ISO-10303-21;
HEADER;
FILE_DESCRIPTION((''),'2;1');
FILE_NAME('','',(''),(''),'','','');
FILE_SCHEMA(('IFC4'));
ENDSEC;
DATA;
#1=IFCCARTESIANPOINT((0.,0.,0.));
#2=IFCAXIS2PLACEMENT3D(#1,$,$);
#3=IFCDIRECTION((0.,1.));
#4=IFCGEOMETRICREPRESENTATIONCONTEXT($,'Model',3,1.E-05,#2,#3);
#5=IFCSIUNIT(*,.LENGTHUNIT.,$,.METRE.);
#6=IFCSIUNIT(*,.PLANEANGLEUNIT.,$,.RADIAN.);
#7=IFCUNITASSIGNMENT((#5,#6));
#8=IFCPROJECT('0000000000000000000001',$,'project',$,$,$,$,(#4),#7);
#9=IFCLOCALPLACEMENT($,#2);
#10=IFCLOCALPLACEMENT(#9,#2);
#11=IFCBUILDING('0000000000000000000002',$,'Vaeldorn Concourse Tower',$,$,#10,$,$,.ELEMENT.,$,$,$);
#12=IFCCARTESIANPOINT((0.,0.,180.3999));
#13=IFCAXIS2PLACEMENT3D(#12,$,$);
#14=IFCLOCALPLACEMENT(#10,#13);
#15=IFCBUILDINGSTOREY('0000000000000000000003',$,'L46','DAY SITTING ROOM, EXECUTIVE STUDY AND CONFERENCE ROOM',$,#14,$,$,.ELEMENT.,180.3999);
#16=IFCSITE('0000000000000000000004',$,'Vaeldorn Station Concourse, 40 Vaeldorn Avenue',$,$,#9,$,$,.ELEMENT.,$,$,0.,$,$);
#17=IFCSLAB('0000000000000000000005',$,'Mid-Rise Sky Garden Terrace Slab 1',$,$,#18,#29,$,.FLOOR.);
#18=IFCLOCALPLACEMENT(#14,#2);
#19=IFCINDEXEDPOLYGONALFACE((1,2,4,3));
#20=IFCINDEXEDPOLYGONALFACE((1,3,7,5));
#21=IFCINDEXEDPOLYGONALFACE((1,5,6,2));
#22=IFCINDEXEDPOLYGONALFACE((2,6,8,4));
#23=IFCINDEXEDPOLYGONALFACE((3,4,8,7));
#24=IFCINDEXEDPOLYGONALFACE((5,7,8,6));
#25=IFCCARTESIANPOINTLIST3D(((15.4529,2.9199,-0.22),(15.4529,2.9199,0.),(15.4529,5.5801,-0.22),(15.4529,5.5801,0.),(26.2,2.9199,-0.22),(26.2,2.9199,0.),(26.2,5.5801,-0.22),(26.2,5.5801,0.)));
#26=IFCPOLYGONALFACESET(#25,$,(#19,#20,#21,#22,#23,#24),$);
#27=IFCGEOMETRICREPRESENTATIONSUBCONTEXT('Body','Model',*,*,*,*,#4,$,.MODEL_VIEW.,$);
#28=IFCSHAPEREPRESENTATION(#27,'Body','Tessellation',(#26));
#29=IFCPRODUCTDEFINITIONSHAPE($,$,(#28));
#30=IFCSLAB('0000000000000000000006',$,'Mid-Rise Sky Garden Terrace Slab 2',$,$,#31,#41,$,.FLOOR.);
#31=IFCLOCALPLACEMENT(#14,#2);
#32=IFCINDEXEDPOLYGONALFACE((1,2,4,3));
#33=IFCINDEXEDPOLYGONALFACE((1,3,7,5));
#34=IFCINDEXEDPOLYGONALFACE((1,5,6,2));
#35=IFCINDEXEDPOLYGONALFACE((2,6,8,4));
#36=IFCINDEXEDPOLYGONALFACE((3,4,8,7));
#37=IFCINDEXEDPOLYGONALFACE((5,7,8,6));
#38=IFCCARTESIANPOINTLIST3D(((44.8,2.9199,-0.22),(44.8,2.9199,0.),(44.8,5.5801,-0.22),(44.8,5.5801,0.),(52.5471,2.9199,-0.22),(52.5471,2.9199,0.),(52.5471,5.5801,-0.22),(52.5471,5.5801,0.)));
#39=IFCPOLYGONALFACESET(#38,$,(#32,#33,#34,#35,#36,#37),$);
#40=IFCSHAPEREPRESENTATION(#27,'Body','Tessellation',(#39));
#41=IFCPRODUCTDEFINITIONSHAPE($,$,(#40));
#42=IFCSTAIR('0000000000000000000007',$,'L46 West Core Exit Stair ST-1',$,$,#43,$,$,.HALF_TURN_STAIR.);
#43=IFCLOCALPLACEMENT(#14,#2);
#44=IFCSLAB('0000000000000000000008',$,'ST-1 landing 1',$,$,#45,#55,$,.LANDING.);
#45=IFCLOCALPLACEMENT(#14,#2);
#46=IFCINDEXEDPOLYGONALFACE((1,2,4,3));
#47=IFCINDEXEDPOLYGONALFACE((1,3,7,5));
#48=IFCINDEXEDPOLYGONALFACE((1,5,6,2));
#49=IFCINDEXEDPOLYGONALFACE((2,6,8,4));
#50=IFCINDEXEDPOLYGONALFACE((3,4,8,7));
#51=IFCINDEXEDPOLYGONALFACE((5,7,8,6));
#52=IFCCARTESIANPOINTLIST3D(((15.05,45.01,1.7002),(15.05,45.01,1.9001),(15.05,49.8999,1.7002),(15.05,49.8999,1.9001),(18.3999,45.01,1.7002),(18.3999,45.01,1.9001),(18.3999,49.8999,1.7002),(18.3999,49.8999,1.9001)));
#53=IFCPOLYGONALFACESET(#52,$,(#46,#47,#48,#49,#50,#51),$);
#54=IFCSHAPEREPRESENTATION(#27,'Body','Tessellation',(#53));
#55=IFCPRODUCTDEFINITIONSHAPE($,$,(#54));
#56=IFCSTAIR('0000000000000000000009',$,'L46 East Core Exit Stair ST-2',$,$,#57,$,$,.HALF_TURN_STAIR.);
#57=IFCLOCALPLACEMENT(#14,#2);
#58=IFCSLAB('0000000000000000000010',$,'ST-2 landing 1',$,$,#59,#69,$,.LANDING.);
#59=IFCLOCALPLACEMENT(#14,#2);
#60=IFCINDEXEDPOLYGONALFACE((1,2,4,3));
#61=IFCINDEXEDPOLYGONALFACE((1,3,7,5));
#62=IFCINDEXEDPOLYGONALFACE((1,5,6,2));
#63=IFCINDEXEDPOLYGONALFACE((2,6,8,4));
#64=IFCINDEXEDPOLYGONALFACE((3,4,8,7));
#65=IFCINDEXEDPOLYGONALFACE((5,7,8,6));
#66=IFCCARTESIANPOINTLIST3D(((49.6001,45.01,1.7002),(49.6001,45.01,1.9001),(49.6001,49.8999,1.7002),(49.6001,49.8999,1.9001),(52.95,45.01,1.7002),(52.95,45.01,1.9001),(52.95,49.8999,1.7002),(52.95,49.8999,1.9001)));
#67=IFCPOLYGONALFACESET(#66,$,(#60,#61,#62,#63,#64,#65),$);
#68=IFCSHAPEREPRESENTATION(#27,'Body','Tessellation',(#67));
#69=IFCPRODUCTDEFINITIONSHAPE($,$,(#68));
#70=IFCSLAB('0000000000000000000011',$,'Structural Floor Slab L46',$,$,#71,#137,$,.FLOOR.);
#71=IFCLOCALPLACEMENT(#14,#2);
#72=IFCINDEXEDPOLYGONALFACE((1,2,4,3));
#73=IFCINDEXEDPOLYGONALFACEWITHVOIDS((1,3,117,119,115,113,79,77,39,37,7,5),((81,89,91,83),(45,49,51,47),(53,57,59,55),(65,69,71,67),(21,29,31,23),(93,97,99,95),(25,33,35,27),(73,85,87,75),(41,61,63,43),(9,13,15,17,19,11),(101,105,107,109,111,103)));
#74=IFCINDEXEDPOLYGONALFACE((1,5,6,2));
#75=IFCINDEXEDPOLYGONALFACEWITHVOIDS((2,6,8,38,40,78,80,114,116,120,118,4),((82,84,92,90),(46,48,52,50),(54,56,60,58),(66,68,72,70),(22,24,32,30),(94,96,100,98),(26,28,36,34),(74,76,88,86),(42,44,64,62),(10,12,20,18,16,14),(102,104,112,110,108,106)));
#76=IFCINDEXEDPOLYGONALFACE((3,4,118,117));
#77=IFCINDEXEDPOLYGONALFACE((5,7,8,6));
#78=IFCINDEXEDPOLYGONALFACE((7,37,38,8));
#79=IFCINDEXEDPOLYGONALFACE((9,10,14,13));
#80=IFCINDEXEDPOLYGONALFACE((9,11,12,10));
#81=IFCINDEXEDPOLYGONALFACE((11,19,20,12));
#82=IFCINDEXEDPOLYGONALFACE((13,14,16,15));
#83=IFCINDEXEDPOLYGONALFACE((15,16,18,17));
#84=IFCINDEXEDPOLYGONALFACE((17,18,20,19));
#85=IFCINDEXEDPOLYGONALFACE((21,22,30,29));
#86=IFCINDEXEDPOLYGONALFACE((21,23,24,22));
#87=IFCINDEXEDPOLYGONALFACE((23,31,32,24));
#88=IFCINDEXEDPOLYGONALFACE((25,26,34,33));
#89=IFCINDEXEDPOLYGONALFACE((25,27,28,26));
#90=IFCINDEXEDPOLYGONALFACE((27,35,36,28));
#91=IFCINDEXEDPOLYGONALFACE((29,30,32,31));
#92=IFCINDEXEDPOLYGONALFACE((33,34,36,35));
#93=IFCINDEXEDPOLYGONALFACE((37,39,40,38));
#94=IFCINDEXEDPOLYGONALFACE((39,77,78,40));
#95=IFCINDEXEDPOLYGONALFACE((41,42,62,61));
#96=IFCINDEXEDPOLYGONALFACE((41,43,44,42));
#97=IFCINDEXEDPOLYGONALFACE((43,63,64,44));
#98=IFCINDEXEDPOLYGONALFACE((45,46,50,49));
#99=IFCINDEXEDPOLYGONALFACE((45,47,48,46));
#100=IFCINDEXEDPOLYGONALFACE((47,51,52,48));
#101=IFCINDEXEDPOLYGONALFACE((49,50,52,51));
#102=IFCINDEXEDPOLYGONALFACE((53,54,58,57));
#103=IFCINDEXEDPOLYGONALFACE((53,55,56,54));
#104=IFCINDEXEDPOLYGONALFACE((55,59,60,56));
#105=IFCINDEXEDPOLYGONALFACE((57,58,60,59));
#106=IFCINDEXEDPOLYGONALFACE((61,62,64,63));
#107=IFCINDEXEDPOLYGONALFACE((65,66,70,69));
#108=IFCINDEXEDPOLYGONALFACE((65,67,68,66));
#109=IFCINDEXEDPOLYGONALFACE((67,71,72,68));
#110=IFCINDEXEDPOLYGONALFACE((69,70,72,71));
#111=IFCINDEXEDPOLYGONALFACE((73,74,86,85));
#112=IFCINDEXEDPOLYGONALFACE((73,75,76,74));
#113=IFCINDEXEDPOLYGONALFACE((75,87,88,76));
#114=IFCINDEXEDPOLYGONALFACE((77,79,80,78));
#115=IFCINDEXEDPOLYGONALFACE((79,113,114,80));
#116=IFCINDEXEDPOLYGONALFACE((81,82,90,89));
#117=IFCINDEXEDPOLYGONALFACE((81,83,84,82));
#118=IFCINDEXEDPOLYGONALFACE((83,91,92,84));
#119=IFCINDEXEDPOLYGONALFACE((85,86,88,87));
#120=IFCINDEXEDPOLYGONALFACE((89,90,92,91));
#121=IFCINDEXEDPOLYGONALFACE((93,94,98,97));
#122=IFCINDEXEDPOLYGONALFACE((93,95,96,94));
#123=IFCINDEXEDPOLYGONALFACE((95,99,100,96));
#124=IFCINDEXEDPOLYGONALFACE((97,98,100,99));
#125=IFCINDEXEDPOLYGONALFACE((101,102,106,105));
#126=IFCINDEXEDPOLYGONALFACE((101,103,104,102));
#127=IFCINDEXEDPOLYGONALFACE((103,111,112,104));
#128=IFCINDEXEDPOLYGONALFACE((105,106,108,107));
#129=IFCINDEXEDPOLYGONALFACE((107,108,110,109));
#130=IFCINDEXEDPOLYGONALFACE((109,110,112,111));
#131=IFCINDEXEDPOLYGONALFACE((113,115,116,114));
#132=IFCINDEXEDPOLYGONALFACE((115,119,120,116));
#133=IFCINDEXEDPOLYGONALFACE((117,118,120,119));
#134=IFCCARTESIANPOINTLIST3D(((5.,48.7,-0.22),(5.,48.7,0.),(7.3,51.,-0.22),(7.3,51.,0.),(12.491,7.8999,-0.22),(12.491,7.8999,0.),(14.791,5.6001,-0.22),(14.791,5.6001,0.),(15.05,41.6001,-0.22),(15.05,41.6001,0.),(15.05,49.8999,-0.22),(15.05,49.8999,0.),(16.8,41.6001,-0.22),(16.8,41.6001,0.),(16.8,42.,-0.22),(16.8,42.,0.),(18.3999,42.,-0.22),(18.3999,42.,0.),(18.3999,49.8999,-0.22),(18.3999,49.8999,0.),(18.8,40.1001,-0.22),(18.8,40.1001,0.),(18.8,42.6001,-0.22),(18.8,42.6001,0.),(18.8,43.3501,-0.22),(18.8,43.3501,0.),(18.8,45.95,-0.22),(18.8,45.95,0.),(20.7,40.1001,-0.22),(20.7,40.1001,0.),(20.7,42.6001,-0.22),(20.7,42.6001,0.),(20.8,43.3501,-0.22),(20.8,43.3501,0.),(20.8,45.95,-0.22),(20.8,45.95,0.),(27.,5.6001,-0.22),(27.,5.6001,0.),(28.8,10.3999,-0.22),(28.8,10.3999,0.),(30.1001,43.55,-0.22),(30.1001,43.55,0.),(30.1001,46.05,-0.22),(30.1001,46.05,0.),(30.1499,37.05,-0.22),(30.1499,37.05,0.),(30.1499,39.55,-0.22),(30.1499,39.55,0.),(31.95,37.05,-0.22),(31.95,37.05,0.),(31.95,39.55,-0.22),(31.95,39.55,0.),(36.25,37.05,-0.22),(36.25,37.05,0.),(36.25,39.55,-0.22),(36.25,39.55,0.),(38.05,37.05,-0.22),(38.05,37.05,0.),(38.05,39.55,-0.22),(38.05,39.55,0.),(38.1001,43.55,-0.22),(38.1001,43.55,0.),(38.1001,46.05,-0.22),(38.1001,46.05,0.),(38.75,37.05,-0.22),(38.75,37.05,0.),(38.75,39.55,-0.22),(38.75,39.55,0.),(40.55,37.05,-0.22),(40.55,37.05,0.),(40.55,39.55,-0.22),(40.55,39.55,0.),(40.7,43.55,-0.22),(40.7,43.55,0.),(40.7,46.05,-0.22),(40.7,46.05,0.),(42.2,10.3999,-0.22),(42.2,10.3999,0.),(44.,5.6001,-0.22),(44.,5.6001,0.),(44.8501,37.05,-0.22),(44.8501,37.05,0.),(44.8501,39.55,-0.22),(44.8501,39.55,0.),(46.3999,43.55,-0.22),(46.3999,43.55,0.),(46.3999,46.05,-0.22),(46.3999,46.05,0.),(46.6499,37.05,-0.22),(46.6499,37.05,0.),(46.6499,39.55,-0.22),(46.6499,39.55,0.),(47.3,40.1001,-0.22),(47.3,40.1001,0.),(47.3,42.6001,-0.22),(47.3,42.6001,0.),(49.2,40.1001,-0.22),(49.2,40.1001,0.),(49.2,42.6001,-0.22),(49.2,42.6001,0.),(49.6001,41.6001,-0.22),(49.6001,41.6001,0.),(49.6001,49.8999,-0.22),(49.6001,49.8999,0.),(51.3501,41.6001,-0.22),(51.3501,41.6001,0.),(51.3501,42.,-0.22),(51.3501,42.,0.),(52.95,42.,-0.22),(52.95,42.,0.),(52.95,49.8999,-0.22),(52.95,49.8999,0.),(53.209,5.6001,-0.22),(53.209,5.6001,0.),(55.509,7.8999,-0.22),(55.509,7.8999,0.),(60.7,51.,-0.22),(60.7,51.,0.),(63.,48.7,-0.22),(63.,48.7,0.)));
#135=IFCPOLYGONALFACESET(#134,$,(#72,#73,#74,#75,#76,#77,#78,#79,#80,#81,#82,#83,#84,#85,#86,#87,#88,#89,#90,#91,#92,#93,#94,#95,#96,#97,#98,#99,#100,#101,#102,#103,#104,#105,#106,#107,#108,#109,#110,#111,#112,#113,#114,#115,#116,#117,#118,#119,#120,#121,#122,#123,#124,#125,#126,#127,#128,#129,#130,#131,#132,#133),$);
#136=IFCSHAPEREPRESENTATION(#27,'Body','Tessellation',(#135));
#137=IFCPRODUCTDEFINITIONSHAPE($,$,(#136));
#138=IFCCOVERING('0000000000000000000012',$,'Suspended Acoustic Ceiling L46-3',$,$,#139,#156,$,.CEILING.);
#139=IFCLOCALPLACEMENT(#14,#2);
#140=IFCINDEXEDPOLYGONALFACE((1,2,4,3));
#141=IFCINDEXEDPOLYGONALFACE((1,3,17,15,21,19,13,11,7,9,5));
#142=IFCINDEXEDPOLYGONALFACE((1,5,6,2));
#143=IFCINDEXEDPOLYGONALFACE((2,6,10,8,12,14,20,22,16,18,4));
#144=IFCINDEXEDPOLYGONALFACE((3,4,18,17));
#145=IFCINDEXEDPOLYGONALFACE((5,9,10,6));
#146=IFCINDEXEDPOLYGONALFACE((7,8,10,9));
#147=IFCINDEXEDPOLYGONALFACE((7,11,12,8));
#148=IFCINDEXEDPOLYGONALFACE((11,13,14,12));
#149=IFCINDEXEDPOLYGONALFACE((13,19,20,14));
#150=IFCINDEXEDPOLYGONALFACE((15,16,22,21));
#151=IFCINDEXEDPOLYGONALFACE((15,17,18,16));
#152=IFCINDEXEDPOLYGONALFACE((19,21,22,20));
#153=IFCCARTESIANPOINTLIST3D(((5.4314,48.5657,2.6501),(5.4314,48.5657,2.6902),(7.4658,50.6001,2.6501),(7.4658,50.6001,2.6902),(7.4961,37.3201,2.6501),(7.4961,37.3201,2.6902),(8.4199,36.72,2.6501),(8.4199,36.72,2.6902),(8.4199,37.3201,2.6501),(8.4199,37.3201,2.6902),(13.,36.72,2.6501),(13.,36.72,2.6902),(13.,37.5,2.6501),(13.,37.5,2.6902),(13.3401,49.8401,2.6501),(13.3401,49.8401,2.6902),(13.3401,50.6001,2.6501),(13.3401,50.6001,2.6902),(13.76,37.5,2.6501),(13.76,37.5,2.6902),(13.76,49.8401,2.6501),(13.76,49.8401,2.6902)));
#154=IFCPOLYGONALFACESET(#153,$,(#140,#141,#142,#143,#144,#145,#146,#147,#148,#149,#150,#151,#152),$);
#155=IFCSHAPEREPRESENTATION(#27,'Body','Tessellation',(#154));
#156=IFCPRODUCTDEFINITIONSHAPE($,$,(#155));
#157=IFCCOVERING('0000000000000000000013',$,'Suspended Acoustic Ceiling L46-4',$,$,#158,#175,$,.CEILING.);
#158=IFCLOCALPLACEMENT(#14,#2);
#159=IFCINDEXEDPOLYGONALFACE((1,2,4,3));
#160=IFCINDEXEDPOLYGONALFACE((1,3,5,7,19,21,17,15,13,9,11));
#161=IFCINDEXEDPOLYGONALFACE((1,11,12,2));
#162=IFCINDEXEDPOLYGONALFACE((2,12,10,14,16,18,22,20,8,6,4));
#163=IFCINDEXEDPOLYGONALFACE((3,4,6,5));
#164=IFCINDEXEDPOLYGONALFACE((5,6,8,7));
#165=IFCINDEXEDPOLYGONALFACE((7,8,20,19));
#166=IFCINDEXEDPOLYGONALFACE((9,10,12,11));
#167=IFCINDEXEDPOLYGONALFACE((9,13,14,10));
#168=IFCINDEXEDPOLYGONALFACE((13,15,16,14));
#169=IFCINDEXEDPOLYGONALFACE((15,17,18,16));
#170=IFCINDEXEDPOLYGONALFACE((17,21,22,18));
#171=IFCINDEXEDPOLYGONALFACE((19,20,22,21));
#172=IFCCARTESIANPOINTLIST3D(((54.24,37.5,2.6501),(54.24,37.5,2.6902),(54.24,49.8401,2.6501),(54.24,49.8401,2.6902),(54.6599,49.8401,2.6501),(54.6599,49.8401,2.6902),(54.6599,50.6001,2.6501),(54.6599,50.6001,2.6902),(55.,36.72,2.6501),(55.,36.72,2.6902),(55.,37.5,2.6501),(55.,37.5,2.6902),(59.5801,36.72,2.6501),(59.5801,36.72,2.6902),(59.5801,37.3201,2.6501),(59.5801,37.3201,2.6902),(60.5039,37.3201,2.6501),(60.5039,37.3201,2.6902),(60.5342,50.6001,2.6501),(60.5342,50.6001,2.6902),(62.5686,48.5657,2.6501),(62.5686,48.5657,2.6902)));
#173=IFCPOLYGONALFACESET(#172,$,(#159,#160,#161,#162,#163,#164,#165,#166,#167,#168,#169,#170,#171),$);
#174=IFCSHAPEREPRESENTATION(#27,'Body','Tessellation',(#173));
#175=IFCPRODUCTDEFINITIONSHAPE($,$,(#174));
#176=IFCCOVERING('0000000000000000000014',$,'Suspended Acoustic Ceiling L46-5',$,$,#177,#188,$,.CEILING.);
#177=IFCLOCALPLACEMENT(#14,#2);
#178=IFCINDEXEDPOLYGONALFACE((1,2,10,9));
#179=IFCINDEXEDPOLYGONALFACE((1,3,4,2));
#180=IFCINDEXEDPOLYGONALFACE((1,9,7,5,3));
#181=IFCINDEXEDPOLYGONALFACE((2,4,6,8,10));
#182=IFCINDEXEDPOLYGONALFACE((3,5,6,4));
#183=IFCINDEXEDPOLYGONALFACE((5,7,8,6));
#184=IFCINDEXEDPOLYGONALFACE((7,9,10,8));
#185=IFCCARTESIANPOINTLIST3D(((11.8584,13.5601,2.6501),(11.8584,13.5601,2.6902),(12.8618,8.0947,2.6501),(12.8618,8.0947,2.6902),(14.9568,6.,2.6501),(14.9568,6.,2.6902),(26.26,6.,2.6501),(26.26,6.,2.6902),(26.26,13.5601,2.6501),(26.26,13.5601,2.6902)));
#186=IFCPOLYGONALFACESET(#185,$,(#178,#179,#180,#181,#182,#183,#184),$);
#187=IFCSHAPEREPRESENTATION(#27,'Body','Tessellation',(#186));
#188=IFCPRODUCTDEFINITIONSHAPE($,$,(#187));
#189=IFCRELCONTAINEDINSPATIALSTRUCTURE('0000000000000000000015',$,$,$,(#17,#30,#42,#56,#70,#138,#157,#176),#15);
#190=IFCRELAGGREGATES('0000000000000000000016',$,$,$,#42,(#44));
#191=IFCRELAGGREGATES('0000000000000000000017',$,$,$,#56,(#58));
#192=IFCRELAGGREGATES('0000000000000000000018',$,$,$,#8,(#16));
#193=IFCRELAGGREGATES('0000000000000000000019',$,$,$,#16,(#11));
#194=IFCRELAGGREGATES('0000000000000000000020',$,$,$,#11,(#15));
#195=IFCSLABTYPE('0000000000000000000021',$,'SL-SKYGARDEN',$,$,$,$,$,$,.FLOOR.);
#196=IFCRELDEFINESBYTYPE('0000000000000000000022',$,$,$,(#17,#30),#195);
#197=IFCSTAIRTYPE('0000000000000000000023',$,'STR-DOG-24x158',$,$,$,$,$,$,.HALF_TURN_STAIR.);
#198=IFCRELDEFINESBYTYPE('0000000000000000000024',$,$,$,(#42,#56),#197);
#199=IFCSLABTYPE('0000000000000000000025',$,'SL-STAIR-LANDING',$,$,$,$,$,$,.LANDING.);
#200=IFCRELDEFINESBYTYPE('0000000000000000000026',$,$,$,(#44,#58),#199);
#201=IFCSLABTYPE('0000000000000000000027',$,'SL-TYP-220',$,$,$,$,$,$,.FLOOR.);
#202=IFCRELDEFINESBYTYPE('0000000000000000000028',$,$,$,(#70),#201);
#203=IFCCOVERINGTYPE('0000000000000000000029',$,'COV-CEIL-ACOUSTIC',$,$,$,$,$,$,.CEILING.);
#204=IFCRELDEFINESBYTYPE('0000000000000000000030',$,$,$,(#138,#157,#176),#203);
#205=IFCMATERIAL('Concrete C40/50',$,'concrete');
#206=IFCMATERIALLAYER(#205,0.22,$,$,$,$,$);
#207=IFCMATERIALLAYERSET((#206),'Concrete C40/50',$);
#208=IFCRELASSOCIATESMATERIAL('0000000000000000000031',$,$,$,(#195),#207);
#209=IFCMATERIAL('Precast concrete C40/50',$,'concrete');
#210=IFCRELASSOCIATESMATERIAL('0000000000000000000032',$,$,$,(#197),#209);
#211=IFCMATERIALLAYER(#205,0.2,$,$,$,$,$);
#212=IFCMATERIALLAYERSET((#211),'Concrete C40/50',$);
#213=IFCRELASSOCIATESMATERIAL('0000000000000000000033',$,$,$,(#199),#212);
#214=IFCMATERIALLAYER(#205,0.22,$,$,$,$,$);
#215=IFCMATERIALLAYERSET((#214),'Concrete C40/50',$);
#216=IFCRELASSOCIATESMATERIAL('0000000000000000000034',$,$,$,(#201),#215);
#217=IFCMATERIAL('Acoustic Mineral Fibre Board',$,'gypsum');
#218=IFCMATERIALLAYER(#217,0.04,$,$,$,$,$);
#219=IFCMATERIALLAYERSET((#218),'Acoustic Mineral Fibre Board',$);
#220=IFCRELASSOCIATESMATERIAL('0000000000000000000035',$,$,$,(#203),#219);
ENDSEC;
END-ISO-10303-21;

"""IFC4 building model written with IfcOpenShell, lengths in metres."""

from ifc_helpers import new_model, si_unit, direction, frame, origin, place, context, subcontext, project, spatial, polyline, outline, extrude, material, layer, layer_set, type_object, element, aggregate, save


model = new_model("IFC4")

# Units and contexts
model_context = context("Model", 3, precision=1e-05, world=origin(), true_north=direction((0.0, 1.0)))
body_context = subcontext(model_context, "Body", "Model", "MODEL_VIEW")
ifc_project = project(units=[si_unit("LENGTHUNIT", "METRE"), si_unit("PLANEANGLEUNIT", "RADIAN")], contexts=[model_context])

# Site, building, storey
site_placement = place(None, origin())
site = spatial("IfcSite", under=ifc_project, at=site_placement, Name="Vaeldorn Station Concourse, 40 Vaeldorn Avenue", CompositionType="ELEMENT", RefElevation=0.0)
building_placement = place(site_placement, origin())
building = spatial("IfcBuilding", under=site, at=building_placement, Name="Vaeldorn Concourse Tower", CompositionType="ELEMENT")
storey_placement = place(building_placement, frame((0.0, 0.0, 180.3999)))
storey = spatial("IfcBuildingStorey", under=building, at=storey_placement, Name="L46", Description="DAY SITTING ROOM, EXECUTIVE STUDY AND CONFERENCE ROOM", CompositionType="ELEMENT", Elevation=180.3999)

# Slabs
ifc_material_1 = material(Name="Concrete C40/50", Category="concrete")
ifc_layer_1 = layer(ifc_material_1, 0.22)
ifc_layer_set_1 = layer_set([ifc_layer_1], Name="Concrete C40/50")
slab_type_1 = type_object("IfcSlabType", Name="SL-SKYGARDEN", PredefinedType="FLOOR", material=ifc_layer_set_1)
slab_1_placement = place(storey_placement, frame((0.0, 0.0, -0.22)))
element("IfcSlab", 1, at=slab_1_placement, inside=storey, type_object=slab_type_1, Name="Mid-Rise Sky Garden Terrace Slab 1", PredefinedType="FLOOR", context=body_context, shape_type="SweptSolid", body=[
    extrude(outline(polyline([(15.4529, 2.9199), (26.2, 2.9199), (26.2, 5.5801), (15.4529, 5.5801), (15.4529, 2.9199)])), origin(), (0.0, 0.0, 1.0), 0.22),
])
slab_2_placement = place(storey_placement, frame((0.0, 0.0, -0.22)))
element("IfcSlab", 2, at=slab_2_placement, inside=storey, type_object=slab_type_1, Name="Mid-Rise Sky Garden Terrace Slab 2", PredefinedType="FLOOR", context=body_context, shape_type="SweptSolid", body=[
    extrude(outline(polyline([(44.8, 2.9199), (52.5471, 2.9199), (52.5471, 5.5801), (44.8, 5.5801), (44.8, 2.9199)])), origin(), (0.0, 0.0, 1.0), 0.22),
])

# Stairs, slabs
ifc_material_2 = material(Name="Precast concrete C40/50", Category="concrete")
stair_type = type_object("IfcStairType", Name="STR-DOG-24x158", PredefinedType="HALF_TURN_STAIR", material=ifc_material_2)
stair_1_placement = place(storey_placement, origin())
stair_1 = element("IfcStair", 3, at=stair_1_placement, inside=storey, type_object=stair_type, Name="L46 West Core Exit Stair ST-1", PredefinedType="HALF_TURN_STAIR")
ifc_layer_2 = layer(ifc_material_1, 0.2)
ifc_layer_set_2 = layer_set([ifc_layer_2], Name="Concrete C40/50")
slab_type_2 = type_object("IfcSlabType", Name="SL-STAIR-LANDING", PredefinedType="LANDING", material=ifc_layer_set_2)
slab_3_placement = place(storey_placement, frame((0.0, 0.0, 1.7002)))
slab_3 = element("IfcSlab", 4, at=slab_3_placement, type_object=slab_type_2, Name="ST-1 landing 1", PredefinedType="LANDING", context=body_context, shape_type="SweptSolid", body=[
    extrude(outline(polyline([(18.3999, 45.01), (18.3999, 49.8999), (15.05, 49.8999), (15.05, 45.01), (18.3999, 45.01)])), origin(), (0.0, 0.0, 1.0), 0.2),
])
aggregate(stair_1, [slab_3])
stair_2_placement = place(storey_placement, origin())
stair_2 = element("IfcStair", 5, at=stair_2_placement, inside=storey, type_object=stair_type, Name="L46 East Core Exit Stair ST-2", PredefinedType="HALF_TURN_STAIR")
slab_4_placement = place(storey_placement, frame((0.0, 0.0, 1.7002)))
slab_4 = element("IfcSlab", 6, at=slab_4_placement, type_object=slab_type_2, Name="ST-2 landing 1", PredefinedType="LANDING", context=body_context, shape_type="SweptSolid", body=[
    extrude(outline(polyline([(52.95, 45.01), (52.95, 49.8999), (49.6001, 49.8999), (49.6001, 45.01), (52.95, 45.01)])), origin(), (0.0, 0.0, 1.0), 0.2),
])
aggregate(stair_2, [slab_4])

# Slab
ifc_layer_3 = layer(ifc_material_1, 0.22)
ifc_layer_set_3 = layer_set([ifc_layer_3], Name="Concrete C40/50")
slab_type_3 = type_object("IfcSlabType", Name="SL-TYP-220", PredefinedType="FLOOR", material=ifc_layer_set_3)
slab_5_placement = place(storey_placement, frame((0.0, 0.0, -0.22)))
element("IfcSlab", 7, at=slab_5_placement, inside=storey, type_object=slab_type_3, Name="Structural Floor Slab L46", PredefinedType="FLOOR", context=body_context, shape_type="SweptSolid", body=[
    extrude(outline(polyline([(14.791, 5.6001), (27.0, 5.6001), (28.8, 10.3999), (42.2, 10.3999), (44.0, 5.6001), (53.209, 5.6001), (55.509, 7.8999), (63.0, 48.7), (60.7, 51.0), (7.3, 51.0), (5.0, 48.7), (12.491, 7.8999), (14.791, 5.6001)]), holes=[polyline([(18.3999, 42.0), (18.3999, 49.8999), (15.05, 49.8999), (15.05, 41.6001), (16.8, 41.6001), (16.8, 42.0), (18.3999, 42.0)]), polyline([(52.95, 42.0), (52.95, 49.8999), (49.6001, 49.8999), (49.6001, 41.6001), (51.3501, 41.6001), (51.3501, 42.0), (52.95, 42.0)]), polyline([(30.1499, 37.05), (31.95, 37.05), (31.95, 39.55), (30.1499, 39.55), (30.1499, 37.05)]), polyline([(36.25, 37.05), (38.05, 37.05), (38.05, 39.55), (36.25, 39.55), (36.25, 37.05)]), polyline([(30.1001, 43.55), (38.1001, 43.55), (38.1001, 46.05), (30.1001, 46.05), (30.1001, 43.55)]), polyline([(38.75, 37.05), (40.55, 37.05), (40.55, 39.55), (38.75, 39.55), (38.75, 37.05)]), polyline([(44.8501, 37.05), (46.6499, 37.05), (46.6499, 39.55), (44.8501, 39.55), (44.8501, 37.05)]), polyline([(40.7, 43.55), (46.3999, 43.55), (46.3999, 46.05), (40.7, 46.05), (40.7, 43.55)]), polyline([(18.8, 43.3501), (20.8, 43.3501), (20.8, 45.95), (18.8, 45.95), (18.8, 43.3501)]), polyline([(18.8, 40.1001), (20.7, 40.1001), (20.7, 42.6001), (18.8, 42.6001), (18.8, 40.1001)]), polyline([(47.3, 40.1001), (49.2, 40.1001), (49.2, 42.6001), (47.3, 42.6001), (47.3, 40.1001)])]), origin(), (0.0, 0.0, 1.0), 0.22),
])

# Coverings
ifc_material_3 = material(Name="Acoustic Mineral Fibre Board", Category="gypsum")
ifc_layer_4 = layer(ifc_material_3, 0.04)
ifc_layer_set_4 = layer_set([ifc_layer_4], Name="Acoustic Mineral Fibre Board")
covering_type_1 = type_object("IfcCoveringType", Name="COV-CEIL-ACOUSTIC", PredefinedType="CEILING", material=ifc_layer_set_4)
covering_1_placement = place(storey_placement, frame((0.0, 0.0, 2.6501)))
element("IfcCovering", 8, at=covering_1_placement, inside=storey, type_object=covering_type_1, Name="Suspended Acoustic Ceiling L46-3", PredefinedType="CEILING", context=body_context, shape_type="SweptSolid", body=[
    extrude(outline(polyline([(7.4658, 50.6001), (13.3401, 50.6001), (13.3401, 49.8401), (13.76, 49.8401), (13.76, 37.5), (13.0, 37.5), (13.0, 36.72), (8.4199, 36.72), (8.4199, 37.3201), (7.4961, 37.3201), (5.4314, 48.5657), (7.4658, 50.6001)])), origin(), (0.0, 0.0, 1.0), 0.04),
])
covering_2_placement = place(storey_placement, frame((0.0, 0.0, 2.6501)))
element("IfcCovering", 9, at=covering_2_placement, inside=storey, type_object=covering_type_1, Name="Suspended Acoustic Ceiling L46-4", PredefinedType="CEILING", context=body_context, shape_type="SweptSolid", body=[
    extrude(outline(polyline([(54.6599, 49.8401), (54.6599, 50.6001), (60.5342, 50.6001), (62.5686, 48.5657), (60.5039, 37.3201), (59.5801, 37.3201), (59.5801, 36.72), (55.0, 36.72), (55.0, 37.5), (54.24, 37.5), (54.24, 49.8401), (54.6599, 49.8401)])), origin(), (0.0, 0.0, 1.0), 0.04),
])
covering_3_placement = place(storey_placement, frame((0.0, 0.0, 2.6501)))
element("IfcCovering", 10, at=covering_3_placement, inside=storey, type_object=covering_type_1, Name="Suspended Acoustic Ceiling L46-5", PredefinedType="CEILING", context=body_context, shape_type="SweptSolid", body=[
    extrude(outline(polyline([(26.26, 13.5601), (26.26, 6.0), (14.9568, 6.0), (12.8618, 8.0947), (11.8584, 13.5601), (26.26, 13.5601)])), origin(), (0.0, 0.0, 1.0), 0.04),
])

save(model, "model.ifc")
